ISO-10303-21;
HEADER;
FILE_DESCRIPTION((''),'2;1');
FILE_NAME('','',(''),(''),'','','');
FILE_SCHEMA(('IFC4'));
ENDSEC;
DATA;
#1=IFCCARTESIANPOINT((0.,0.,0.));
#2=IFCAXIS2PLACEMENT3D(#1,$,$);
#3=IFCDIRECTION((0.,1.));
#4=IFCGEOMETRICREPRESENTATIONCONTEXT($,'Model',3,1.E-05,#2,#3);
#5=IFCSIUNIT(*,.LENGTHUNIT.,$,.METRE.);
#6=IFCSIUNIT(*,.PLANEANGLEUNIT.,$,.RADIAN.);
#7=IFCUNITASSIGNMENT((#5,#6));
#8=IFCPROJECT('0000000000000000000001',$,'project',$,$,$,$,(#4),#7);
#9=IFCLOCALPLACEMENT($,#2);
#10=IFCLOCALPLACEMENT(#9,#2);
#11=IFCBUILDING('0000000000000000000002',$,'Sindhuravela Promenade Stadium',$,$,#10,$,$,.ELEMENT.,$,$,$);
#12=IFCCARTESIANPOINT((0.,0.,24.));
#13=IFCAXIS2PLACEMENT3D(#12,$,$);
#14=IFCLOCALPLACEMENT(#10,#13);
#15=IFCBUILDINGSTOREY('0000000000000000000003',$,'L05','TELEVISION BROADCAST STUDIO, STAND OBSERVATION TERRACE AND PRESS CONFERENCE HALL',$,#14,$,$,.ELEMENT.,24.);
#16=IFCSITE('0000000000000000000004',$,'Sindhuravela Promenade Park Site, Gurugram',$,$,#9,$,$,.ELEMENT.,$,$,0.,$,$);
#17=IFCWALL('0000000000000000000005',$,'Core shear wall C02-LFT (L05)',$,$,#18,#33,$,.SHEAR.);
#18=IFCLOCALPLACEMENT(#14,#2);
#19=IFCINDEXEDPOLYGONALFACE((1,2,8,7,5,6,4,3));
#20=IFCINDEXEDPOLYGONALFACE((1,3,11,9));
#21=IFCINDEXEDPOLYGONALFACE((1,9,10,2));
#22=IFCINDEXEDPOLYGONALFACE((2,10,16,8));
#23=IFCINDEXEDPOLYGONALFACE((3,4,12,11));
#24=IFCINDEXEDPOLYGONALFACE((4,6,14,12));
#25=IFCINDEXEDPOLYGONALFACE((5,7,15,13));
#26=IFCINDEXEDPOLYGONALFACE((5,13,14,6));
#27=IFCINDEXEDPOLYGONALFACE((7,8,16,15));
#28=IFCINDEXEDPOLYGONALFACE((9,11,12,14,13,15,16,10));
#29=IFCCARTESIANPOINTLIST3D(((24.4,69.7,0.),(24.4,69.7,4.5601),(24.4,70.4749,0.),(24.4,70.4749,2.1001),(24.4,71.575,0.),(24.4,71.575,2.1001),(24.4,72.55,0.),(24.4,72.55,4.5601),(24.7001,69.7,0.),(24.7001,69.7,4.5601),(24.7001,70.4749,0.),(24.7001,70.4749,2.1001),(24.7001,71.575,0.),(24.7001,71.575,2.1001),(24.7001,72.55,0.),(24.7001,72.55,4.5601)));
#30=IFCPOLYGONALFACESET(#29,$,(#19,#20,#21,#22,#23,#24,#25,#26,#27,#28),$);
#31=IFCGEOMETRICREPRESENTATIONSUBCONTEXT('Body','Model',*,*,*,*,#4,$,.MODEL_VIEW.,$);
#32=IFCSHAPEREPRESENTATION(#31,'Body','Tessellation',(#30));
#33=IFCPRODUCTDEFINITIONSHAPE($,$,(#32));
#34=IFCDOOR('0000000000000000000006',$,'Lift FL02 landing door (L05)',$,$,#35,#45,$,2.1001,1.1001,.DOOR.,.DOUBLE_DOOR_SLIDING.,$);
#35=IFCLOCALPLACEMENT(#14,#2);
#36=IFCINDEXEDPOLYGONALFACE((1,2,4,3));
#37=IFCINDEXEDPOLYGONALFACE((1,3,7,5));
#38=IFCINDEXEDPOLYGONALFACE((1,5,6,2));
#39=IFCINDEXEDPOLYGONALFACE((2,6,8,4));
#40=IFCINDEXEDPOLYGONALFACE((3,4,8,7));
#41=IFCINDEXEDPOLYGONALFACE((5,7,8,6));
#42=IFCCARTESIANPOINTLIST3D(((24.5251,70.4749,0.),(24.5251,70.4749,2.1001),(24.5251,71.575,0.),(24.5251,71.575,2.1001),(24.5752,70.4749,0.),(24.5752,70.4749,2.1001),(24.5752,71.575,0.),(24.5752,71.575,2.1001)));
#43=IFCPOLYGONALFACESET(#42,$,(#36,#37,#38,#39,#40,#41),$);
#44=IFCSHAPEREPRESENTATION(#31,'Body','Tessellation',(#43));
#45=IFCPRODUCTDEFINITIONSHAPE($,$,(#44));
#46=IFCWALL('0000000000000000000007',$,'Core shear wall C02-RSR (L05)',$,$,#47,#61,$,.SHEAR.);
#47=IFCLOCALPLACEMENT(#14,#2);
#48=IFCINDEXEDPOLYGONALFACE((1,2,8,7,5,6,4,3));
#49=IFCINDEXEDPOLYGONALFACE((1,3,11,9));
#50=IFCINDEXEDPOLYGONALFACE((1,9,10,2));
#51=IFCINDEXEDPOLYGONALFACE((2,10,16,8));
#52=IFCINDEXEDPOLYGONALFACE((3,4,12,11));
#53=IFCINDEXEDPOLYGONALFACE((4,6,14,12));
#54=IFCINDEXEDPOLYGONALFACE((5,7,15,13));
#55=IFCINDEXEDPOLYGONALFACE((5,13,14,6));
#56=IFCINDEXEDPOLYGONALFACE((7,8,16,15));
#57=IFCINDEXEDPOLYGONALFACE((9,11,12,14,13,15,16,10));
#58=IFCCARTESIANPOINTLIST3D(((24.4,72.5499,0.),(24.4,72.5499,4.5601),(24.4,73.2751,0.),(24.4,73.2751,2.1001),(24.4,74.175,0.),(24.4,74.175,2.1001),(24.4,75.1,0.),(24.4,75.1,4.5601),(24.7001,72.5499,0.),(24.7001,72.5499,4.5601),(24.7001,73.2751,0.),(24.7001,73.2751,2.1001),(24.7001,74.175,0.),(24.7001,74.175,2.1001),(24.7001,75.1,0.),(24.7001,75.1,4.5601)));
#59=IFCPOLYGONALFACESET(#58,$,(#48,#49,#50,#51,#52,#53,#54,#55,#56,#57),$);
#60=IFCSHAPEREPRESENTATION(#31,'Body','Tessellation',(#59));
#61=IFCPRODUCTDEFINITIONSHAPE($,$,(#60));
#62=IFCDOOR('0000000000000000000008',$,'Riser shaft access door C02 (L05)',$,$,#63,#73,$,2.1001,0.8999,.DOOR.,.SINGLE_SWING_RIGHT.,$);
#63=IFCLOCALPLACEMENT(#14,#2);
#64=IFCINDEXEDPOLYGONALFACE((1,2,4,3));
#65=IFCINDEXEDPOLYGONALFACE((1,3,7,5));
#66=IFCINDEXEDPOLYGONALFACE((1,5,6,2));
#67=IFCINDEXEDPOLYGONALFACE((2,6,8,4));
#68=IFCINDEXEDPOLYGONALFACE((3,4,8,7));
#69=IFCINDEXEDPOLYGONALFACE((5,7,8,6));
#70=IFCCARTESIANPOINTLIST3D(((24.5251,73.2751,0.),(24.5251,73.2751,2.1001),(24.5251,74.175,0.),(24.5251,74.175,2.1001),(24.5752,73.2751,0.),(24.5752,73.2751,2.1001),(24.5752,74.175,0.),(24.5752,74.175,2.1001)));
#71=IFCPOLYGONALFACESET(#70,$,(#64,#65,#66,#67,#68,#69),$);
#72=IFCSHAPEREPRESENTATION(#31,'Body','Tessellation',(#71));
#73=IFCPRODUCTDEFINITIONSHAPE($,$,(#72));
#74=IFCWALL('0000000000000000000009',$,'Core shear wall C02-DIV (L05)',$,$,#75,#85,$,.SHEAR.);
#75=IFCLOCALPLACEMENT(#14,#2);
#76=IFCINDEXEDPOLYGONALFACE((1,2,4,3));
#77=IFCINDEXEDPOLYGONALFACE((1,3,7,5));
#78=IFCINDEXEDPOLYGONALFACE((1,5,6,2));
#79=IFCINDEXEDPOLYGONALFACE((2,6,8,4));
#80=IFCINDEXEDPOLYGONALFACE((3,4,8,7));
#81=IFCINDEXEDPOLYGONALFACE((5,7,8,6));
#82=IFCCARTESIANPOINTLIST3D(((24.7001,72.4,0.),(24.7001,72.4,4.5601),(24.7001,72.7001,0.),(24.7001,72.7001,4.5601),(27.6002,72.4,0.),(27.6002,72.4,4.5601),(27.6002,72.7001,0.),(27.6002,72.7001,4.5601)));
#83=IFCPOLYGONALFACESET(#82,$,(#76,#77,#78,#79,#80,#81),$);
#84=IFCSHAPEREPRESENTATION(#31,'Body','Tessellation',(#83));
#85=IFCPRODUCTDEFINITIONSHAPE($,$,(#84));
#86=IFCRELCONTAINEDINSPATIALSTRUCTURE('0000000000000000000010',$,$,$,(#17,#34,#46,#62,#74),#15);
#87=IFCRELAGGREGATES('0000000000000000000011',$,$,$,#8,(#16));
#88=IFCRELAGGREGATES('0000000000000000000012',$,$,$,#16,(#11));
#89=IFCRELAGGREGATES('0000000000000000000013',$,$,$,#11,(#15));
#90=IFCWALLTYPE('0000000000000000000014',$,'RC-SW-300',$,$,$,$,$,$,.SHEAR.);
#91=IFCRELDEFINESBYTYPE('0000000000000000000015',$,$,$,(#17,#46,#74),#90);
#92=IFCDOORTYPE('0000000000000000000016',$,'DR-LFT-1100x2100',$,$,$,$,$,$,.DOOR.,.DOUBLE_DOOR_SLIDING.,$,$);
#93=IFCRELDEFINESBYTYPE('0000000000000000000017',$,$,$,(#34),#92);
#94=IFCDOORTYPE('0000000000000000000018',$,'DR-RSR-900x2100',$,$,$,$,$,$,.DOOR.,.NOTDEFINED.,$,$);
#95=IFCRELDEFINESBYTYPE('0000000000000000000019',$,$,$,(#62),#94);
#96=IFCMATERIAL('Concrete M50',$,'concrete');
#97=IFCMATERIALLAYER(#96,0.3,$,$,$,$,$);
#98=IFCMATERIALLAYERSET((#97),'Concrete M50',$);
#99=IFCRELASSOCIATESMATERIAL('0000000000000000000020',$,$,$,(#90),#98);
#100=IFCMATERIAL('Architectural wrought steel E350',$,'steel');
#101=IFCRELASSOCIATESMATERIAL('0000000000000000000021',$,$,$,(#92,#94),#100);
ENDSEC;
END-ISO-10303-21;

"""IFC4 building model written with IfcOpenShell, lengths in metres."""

from ifc_helpers import new_model, si_unit, direction, frame, frame_2d, origin, place, context, subcontext, project, spatial, rectangle, extrude, material, layer, layer_set, type_object, element, fill, save


model = new_model("IFC4")

# Units and contexts
model_context = context("Model", 3, precision=1e-05, world=origin(), true_north=direction((0.0, 1.0)))
body_context = subcontext(model_context, "Body", "Model", "MODEL_VIEW")
ifc_project = project(units=[si_unit("LENGTHUNIT", "METRE"), si_unit("PLANEANGLEUNIT", "RADIAN")], contexts=[model_context])

# Site, building, storey
site_placement = place(None, origin())
site = spatial("IfcSite", under=ifc_project, at=site_placement, Name="Sindhuravela Promenade Park Site, Gurugram", CompositionType="ELEMENT", RefElevation=0.0)
building_placement = place(site_placement, origin())
building = spatial("IfcBuilding", under=site, at=building_placement, Name="Sindhuravela Promenade Stadium", CompositionType="ELEMENT")
storey_placement = place(building_placement, frame((0.0, 0.0, 24.0)))
storey = spatial("IfcBuildingStorey", under=building, at=storey_placement, Name="L05", Description="TELEVISION BROADCAST STUDIO, STAND OBSERVATION TERRACE AND PRESS CONFERENCE HALL", CompositionType="ELEMENT", Elevation=24.0)

# Shared definitions
ifc_material_1 = material(Name="Concrete M50", Category="concrete")
ifc_layer_1 = layer(ifc_material_1, 0.3)
ifc_layer_set_1 = layer_set([ifc_layer_1], Name="Concrete M50")
wall_type_1 = type_object("IfcWallType", Name="RC-SW-300", PredefinedType="SHEAR", material=ifc_layer_set_1)
ifc_material_2 = material(Name="Architectural wrought steel E350", Category="steel")

# Walls, openings, doors
wall_1_placement = place(storey_placement, frame((24.55, 69.7, 0.0), z_axis=(0.0, 0.0, 1.0), x_axis=(0.0, 1.0, 0.0)))
wall_1 = element("IfcWall", 1, at=wall_1_placement, inside=storey, type_object=wall_type_1, Name="Core shear wall C02-LFT (L05)", PredefinedType="SHEAR", context=body_context, shape_type="SweptSolid", body=[
    extrude(rectangle(XDim=2.8501, YDim=0.3, at=frame_2d((1.425, 0.0))), origin(), (0.0, 0.0, 1.0), 4.5601),
])
opening_1_placement = place(wall_1_placement, frame((0.7749, 0.0, 0.0)))
opening_1 = element("IfcOpeningElement", 2, at=opening_1_placement, cuts=wall_1, PredefinedType="OPENING", context=body_context, shape_type="SweptSolid", body=[
    extrude(rectangle(XDim=1.1001, YDim=2.1001, at=frame_2d((0.55, 1.05))), frame((0.0, 0.1599, 0.0), z_axis=(0.0, -1.0, 0.0), x_axis=(1.0, 0.0, 0.0)), (0.0, 0.0, 1.0), 0.3201),
])
door_type_1 = type_object("IfcDoorType", Name="DR-LFT-1100x2100", OperationType="DOUBLE_DOOR_SLIDING", PredefinedType="DOOR", material=ifc_material_2)
door_1_placement = place(opening_1_placement, origin())
door_1 = element("IfcDoor", 3, at=door_1_placement, inside=storey, type_object=door_type_1, Name="Lift FL02 landing door (L05)", OperationType="DOUBLE_DOOR_SLIDING", OverallHeight=2.1001, OverallWidth=1.1001, PredefinedType="DOOR", context=body_context, shape_type="SweptSolid", body=[
    extrude(rectangle(XDim=1.1001, YDim=2.1001, at=frame_2d((0.55, 1.05))), frame((0.0, 0.0249, 0.0), z_axis=(0.0, -1.0, 0.0), x_axis=(1.0, 0.0, 0.0)), (0.0, 0.0, 1.0), 0.05),
])
fill(opening_1, door_1)
wall_2_placement = place(storey_placement, frame((24.55, 72.55, 0.0), z_axis=(0.0, 0.0, 1.0), x_axis=(0.0, 1.0, 0.0)))
wall_2 = element("IfcWall", 4, at=wall_2_placement, inside=storey, type_object=wall_type_1, Name="Core shear wall C02-RSR (L05)", PredefinedType="SHEAR", context=body_context, shape_type="SweptSolid", body=[
    extrude(rectangle(XDim=2.55, YDim=0.3, at=frame_2d((1.2749, 0.0))), origin(), (0.0, 0.0, 1.0), 4.5601),
])
opening_2_placement = place(wall_2_placement, frame((0.7251, 0.0, 0.0)))
opening_2 = element("IfcOpeningElement", 5, at=opening_2_placement, cuts=wall_2, PredefinedType="OPENING", context=body_context, shape_type="SweptSolid", body=[
    extrude(rectangle(XDim=0.8999, YDim=2.1001, at=frame_2d((0.45, 1.05))), frame((0.0, 0.1599, 0.0), z_axis=(0.0, -1.0, 0.0), x_axis=(1.0, 0.0, 0.0)), (0.0, 0.0, 1.0), 0.3201),
])
door_type_2 = type_object("IfcDoorType", Name="DR-RSR-900x2100", OperationType="NOTDEFINED", PredefinedType="DOOR", material=ifc_material_2)
door_2_placement = place(opening_2_placement, origin())
door_2 = element("IfcDoor", 6, at=door_2_placement, inside=storey, type_object=door_type_2, Name="Riser shaft access door C02 (L05)", OperationType="SINGLE_SWING_RIGHT", OverallHeight=2.1001, OverallWidth=0.8999, PredefinedType="DOOR", context=body_context, shape_type="SweptSolid", body=[
    extrude(rectangle(XDim=0.8999, YDim=2.1001, at=frame_2d((0.45, 1.05))), frame((0.0, 0.0249, 0.0), z_axis=(0.0, -1.0, 0.0), x_axis=(1.0, 0.0, 0.0)), (0.0, 0.0, 1.0), 0.05),
])
fill(opening_2, door_2)

# Wall
wall_3_placement = place(storey_placement, frame((24.7, 72.55, 0.0), z_axis=(0.0, 0.0, 1.0), x_axis=(1.0, 0.0, 0.0)))
element("IfcWall", 7, at=wall_3_placement, inside=storey, type_object=wall_type_1, Name="Core shear wall C02-DIV (L05)", PredefinedType="SHEAR", context=body_context, shape_type="SweptSolid", body=[
    extrude(rectangle(XDim=2.9001, YDim=0.3, at=frame_2d((1.4502, 0.0))), origin(), (0.0, 0.0, 1.0), 4.5601),
])

save(model, "model.ifc")
